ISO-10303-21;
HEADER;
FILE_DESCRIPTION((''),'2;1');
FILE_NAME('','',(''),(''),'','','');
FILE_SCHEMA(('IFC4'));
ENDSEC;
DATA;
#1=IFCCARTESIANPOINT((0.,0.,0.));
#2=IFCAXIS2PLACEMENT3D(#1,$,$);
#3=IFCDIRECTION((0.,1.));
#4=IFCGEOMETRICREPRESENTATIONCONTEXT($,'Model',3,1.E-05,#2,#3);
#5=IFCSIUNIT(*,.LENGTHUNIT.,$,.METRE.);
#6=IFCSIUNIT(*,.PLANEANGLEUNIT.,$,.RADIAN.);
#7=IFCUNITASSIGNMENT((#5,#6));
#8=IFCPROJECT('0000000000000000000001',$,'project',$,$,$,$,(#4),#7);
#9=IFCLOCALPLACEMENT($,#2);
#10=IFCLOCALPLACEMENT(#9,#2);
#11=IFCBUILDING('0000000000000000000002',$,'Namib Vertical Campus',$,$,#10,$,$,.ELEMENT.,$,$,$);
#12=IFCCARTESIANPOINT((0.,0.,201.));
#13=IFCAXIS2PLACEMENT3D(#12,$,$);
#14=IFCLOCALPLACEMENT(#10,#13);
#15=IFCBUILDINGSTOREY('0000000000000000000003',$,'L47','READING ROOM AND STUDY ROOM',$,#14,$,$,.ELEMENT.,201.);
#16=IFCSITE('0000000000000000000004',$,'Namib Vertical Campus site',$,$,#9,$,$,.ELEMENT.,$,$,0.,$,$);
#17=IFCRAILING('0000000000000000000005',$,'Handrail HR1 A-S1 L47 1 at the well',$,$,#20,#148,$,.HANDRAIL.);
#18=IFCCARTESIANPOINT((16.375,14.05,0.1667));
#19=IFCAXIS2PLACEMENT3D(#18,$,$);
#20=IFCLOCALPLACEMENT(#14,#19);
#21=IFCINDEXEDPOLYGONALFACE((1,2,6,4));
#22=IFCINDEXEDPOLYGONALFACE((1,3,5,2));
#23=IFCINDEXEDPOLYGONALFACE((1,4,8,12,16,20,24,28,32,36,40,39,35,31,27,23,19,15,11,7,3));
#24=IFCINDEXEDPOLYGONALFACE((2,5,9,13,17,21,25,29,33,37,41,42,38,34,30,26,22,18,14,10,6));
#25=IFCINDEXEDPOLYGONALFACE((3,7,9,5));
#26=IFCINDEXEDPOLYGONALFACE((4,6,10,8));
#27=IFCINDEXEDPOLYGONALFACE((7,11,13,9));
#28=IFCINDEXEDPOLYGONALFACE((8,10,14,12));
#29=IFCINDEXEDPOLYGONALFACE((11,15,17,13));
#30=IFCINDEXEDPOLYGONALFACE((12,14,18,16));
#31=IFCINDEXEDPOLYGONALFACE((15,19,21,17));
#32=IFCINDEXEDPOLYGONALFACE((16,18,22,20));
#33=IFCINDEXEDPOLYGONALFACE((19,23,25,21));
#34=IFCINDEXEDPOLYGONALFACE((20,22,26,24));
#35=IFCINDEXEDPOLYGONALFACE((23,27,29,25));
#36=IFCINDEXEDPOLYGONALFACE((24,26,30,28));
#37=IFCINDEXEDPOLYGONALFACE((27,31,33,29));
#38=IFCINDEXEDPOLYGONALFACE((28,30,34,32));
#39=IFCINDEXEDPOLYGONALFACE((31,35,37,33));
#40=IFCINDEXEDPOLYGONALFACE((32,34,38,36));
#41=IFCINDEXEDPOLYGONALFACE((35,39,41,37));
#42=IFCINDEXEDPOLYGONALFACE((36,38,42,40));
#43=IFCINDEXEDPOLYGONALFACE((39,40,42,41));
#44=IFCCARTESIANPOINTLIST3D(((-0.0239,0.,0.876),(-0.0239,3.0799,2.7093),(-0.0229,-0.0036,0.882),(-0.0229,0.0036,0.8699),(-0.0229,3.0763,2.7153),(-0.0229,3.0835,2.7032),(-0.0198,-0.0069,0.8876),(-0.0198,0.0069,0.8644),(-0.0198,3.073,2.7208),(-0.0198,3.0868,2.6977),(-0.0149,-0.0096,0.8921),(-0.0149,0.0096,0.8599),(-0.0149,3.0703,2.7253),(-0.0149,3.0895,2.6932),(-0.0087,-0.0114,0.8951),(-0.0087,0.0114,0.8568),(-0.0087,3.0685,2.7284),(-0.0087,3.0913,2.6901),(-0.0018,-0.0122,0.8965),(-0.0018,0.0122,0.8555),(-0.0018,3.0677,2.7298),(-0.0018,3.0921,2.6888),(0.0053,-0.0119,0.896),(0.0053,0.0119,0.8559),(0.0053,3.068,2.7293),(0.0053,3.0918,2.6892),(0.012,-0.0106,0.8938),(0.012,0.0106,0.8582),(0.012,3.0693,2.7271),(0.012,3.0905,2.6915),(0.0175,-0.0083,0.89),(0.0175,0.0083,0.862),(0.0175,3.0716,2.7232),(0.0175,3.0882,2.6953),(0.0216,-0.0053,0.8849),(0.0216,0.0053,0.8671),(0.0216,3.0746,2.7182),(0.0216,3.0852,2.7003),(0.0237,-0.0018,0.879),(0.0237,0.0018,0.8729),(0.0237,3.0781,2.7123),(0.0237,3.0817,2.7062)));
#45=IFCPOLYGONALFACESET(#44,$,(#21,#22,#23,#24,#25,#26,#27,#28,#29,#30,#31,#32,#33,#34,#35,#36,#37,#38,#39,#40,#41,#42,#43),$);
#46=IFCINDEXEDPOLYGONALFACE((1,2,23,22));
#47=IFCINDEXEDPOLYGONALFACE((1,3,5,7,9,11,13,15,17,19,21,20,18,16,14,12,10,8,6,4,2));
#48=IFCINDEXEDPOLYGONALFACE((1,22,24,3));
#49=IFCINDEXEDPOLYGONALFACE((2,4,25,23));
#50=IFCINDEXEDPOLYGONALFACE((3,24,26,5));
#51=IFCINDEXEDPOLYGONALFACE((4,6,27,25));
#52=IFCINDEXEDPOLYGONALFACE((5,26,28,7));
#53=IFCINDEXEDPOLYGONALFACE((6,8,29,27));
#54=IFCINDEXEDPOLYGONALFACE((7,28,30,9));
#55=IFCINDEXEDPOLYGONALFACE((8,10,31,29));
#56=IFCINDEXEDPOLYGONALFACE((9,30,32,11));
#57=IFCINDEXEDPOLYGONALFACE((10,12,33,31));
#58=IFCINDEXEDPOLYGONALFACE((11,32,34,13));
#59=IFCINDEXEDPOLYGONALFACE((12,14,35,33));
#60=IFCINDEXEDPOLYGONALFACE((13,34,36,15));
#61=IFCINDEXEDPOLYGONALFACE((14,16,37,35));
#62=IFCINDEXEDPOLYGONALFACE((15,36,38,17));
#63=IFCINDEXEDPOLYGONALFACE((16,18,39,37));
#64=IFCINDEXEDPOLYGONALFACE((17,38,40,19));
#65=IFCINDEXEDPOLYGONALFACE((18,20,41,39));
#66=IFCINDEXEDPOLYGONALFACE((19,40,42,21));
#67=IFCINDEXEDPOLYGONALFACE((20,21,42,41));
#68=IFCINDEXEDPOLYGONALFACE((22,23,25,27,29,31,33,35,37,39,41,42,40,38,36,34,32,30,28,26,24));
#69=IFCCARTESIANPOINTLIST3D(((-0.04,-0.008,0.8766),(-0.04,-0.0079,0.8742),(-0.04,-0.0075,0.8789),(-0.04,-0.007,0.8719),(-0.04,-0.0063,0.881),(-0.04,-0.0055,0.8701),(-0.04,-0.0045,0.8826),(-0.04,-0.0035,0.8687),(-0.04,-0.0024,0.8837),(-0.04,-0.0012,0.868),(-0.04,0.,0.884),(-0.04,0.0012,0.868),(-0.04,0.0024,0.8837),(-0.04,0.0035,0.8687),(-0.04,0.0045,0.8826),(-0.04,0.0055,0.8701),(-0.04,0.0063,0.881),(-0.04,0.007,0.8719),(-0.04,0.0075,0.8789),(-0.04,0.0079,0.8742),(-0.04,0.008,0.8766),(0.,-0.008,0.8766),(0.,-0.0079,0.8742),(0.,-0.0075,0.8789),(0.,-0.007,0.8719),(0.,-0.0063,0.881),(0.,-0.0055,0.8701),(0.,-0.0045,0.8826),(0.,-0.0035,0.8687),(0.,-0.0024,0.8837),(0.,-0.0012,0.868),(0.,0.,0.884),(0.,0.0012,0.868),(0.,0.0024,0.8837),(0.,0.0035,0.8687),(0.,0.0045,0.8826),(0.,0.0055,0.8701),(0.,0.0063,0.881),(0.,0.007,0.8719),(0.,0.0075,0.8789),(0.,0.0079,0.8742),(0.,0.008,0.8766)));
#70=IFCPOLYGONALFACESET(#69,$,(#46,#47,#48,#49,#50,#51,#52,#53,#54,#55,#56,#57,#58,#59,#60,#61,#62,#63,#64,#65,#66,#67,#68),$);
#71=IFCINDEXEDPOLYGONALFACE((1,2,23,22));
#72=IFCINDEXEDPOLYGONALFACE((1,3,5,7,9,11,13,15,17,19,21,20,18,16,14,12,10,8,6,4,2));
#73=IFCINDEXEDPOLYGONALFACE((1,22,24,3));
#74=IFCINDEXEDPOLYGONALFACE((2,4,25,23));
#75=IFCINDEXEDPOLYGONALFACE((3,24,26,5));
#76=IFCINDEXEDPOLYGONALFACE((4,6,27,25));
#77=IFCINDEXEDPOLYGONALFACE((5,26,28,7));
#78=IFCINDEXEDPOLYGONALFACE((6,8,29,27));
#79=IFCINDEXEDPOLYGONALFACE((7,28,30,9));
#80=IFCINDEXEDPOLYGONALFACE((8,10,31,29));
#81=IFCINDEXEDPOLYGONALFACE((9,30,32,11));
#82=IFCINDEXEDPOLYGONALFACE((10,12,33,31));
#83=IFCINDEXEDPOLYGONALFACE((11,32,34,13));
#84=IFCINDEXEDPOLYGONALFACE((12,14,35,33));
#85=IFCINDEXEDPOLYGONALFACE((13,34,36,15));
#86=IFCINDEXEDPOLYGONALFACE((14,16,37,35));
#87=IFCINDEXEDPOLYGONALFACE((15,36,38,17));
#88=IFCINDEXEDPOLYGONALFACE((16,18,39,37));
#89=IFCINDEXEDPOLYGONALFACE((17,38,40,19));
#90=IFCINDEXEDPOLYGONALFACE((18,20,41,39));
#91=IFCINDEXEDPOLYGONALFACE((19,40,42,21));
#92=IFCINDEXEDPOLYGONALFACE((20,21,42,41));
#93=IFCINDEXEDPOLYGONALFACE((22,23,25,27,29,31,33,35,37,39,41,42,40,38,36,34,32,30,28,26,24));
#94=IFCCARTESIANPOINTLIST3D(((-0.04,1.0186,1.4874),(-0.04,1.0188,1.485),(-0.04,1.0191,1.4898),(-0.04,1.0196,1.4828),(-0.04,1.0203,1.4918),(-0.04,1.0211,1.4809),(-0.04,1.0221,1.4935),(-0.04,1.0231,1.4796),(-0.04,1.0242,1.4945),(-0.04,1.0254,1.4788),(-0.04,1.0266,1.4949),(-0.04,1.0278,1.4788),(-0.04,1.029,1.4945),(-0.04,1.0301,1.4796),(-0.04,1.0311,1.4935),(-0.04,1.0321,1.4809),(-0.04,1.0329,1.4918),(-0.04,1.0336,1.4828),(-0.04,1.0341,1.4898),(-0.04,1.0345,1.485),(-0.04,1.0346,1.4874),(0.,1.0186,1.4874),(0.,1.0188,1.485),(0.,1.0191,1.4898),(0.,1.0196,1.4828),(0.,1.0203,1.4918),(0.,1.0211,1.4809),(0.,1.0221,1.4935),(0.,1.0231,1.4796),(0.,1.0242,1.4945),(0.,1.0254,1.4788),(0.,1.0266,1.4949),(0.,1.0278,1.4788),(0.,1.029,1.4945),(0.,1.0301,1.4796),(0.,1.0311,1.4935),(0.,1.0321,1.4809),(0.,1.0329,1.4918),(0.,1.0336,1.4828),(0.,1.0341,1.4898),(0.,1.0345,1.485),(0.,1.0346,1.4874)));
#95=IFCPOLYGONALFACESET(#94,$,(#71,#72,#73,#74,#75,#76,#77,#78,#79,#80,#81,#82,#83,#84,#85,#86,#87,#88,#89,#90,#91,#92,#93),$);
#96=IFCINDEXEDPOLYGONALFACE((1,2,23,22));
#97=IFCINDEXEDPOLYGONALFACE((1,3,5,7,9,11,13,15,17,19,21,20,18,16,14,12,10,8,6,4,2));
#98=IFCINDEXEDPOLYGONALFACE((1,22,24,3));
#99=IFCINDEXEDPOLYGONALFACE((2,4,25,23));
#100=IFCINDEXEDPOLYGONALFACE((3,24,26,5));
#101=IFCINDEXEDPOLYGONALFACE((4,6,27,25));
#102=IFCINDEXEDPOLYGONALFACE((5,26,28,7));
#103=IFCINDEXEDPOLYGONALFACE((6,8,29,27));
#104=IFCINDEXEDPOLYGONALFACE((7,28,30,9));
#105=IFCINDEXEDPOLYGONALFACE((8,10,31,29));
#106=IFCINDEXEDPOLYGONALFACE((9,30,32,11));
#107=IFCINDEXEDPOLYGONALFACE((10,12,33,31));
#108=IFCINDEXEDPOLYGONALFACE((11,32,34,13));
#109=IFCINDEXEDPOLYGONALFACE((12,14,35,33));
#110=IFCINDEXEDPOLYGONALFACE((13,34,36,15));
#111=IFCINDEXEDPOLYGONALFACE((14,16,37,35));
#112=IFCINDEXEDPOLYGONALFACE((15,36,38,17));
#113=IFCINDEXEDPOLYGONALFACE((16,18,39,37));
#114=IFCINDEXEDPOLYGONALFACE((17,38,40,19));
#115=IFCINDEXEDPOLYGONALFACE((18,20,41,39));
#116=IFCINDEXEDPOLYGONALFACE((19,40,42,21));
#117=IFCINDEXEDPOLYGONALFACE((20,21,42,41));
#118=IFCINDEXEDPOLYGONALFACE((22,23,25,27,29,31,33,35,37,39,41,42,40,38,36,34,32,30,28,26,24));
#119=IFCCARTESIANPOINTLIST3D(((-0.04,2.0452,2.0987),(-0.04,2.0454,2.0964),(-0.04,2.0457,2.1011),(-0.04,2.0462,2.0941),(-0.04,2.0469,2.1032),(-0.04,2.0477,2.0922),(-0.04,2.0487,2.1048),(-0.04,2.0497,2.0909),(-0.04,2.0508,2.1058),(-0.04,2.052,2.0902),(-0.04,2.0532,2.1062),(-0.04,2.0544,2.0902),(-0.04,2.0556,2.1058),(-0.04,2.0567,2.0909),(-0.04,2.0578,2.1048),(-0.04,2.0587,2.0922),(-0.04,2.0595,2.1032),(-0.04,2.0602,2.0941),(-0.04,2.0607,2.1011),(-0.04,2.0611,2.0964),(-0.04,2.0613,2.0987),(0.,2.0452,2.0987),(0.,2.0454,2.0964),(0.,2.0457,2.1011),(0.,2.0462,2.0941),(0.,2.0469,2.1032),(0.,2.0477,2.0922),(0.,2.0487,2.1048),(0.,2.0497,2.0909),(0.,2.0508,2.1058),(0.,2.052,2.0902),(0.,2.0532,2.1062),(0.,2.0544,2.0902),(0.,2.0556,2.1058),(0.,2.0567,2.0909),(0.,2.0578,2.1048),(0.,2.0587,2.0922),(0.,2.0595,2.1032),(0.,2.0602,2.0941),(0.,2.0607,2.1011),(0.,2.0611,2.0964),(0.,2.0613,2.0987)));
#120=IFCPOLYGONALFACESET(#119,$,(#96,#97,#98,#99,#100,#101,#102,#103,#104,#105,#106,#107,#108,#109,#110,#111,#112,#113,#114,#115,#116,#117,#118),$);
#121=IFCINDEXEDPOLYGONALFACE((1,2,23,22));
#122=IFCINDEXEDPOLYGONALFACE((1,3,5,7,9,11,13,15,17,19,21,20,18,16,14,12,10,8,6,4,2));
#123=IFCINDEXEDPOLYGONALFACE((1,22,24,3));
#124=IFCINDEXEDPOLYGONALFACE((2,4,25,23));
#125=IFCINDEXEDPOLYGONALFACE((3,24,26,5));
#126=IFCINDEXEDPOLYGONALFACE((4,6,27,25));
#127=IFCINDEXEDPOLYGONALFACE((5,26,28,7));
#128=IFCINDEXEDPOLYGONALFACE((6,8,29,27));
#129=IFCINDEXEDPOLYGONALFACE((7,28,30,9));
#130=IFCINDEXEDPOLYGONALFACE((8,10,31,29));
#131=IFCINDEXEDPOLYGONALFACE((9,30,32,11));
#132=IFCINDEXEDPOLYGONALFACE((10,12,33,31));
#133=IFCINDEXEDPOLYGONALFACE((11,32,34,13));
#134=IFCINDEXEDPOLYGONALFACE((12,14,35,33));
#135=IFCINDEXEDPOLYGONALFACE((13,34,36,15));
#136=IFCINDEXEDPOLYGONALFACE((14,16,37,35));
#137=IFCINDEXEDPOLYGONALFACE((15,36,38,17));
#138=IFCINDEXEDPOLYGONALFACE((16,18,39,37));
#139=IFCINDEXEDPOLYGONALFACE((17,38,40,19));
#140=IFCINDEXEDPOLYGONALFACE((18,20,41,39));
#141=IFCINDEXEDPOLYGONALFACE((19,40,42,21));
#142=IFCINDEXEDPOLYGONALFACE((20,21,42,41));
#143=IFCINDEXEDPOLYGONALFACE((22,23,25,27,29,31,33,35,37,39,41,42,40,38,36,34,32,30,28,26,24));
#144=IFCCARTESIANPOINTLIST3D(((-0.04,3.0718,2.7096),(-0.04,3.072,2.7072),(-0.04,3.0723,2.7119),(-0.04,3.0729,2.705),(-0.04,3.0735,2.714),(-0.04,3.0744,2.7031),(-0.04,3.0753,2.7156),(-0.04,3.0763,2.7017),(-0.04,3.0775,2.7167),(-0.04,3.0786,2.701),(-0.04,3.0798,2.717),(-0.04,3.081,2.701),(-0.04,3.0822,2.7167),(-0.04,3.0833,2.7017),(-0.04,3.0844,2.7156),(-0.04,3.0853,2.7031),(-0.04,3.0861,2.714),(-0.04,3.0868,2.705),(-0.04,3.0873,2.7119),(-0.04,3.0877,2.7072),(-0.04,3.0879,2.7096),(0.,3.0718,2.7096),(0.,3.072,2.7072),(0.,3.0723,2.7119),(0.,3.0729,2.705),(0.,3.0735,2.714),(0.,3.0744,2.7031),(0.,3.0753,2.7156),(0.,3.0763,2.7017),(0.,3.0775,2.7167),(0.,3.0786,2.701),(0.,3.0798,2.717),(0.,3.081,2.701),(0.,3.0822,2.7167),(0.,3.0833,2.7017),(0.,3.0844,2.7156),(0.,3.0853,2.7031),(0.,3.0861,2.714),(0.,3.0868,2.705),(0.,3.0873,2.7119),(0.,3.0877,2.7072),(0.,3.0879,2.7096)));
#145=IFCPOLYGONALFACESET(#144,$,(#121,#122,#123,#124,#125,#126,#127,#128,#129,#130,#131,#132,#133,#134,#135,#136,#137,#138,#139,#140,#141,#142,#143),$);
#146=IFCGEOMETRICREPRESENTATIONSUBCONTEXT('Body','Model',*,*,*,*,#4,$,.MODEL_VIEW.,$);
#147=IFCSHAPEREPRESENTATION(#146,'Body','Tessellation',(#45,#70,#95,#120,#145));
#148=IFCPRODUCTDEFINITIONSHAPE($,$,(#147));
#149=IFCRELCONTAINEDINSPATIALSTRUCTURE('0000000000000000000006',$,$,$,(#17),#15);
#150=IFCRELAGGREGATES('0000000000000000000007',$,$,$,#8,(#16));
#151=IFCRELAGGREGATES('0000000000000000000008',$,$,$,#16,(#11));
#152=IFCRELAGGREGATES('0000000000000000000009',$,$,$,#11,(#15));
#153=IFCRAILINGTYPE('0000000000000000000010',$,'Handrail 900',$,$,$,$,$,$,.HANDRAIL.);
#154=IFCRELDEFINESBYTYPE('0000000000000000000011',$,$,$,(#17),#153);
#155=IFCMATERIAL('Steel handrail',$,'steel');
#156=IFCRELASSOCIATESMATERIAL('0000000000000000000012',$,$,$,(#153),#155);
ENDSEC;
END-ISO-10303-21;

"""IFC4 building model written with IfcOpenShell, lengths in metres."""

from ifc_helpers import new_model, si_unit, direction, frame, origin, origin_2d, place, context, subcontext, project, spatial, circle, extrude, material, type_object, element, save


model = new_model("IFC4")

# Units and contexts
model_context = context("Model", 3, precision=1e-05, world=origin(), true_north=direction((0.0, 1.0)))
body_context = subcontext(model_context, "Body", "Model", "MODEL_VIEW")
ifc_project = project(units=[si_unit("LENGTHUNIT", "METRE"), si_unit("PLANEANGLEUNIT", "RADIAN")], contexts=[model_context])

# Site, building, storey
site_placement = place(None, origin())
site = spatial("IfcSite", under=ifc_project, at=site_placement, Name="Namib Vertical Campus site", CompositionType="ELEMENT", RefElevation=0.0)
building_placement = place(site_placement, origin())
building = spatial("IfcBuilding", under=site, at=building_placement, Name="Namib Vertical Campus", CompositionType="ELEMENT")
storey_placement = place(building_placement, frame((0.0, 0.0, 201.0)))
storey = spatial("IfcBuildingStorey", under=building, at=storey_placement, Name="L47", Description="READING ROOM AND STUDY ROOM", CompositionType="ELEMENT", Elevation=201.0)

# Railing
ifc_material_1 = material(Name="Steel handrail", Category="steel")
railing_type_1 = type_object("IfcRailingType", Name="Handrail 900", PredefinedType="HANDRAIL", material=ifc_material_1)
railing_1_placement = place(storey_placement, frame((16.375, 14.05, 0.1667)))
element("IfcRailing", 1, at=railing_1_placement, inside=storey, type_object=railing_type_1, Name="Handrail HR1 A-S1 L47 1 at the well", PredefinedType="HANDRAIL", context=body_context, shape_type="SweptSolid", body=[
    extrude(circle(Radius=0.0239, at=origin_2d()), frame((0.0, 0.0, 0.876), z_axis=(0.0, 0.859291, 0.511487), x_axis=(-1.0, 0.0, 0.0)), (0.0, 0.0, 1.0), 3.5842),
    extrude(circle(Radius=0.0081, at=origin_2d()), frame((0.0, 0.0, 0.876), z_axis=(-1.0, 0.0, 0.0), x_axis=(0.0, 0.0, 1.0)), (0.0, 0.0, 1.0), 0.04),
    extrude(circle(Radius=0.0081, at=origin_2d()), frame((0.0, 1.0266, 1.4868), z_axis=(-1.0, 0.0, 0.0), x_axis=(0.0, 0.0, 1.0)), (0.0, 0.0, 1.0), 0.04),
    extrude(circle(Radius=0.0081, at=origin_2d()), frame((0.0, 2.0532, 2.0981), z_axis=(-1.0, 0.0, 0.0), x_axis=(0.0, 0.0, 1.0)), (0.0, 0.0, 1.0), 0.04),
    extrude(circle(Radius=0.0081, at=origin_2d()), frame((0.0, 3.0798, 2.709), z_axis=(-1.0, 0.0, 0.0), x_axis=(0.0, 0.0, 1.0)), (0.0, 0.0, 1.0), 0.04),
])

save(model, "model.ifc")
